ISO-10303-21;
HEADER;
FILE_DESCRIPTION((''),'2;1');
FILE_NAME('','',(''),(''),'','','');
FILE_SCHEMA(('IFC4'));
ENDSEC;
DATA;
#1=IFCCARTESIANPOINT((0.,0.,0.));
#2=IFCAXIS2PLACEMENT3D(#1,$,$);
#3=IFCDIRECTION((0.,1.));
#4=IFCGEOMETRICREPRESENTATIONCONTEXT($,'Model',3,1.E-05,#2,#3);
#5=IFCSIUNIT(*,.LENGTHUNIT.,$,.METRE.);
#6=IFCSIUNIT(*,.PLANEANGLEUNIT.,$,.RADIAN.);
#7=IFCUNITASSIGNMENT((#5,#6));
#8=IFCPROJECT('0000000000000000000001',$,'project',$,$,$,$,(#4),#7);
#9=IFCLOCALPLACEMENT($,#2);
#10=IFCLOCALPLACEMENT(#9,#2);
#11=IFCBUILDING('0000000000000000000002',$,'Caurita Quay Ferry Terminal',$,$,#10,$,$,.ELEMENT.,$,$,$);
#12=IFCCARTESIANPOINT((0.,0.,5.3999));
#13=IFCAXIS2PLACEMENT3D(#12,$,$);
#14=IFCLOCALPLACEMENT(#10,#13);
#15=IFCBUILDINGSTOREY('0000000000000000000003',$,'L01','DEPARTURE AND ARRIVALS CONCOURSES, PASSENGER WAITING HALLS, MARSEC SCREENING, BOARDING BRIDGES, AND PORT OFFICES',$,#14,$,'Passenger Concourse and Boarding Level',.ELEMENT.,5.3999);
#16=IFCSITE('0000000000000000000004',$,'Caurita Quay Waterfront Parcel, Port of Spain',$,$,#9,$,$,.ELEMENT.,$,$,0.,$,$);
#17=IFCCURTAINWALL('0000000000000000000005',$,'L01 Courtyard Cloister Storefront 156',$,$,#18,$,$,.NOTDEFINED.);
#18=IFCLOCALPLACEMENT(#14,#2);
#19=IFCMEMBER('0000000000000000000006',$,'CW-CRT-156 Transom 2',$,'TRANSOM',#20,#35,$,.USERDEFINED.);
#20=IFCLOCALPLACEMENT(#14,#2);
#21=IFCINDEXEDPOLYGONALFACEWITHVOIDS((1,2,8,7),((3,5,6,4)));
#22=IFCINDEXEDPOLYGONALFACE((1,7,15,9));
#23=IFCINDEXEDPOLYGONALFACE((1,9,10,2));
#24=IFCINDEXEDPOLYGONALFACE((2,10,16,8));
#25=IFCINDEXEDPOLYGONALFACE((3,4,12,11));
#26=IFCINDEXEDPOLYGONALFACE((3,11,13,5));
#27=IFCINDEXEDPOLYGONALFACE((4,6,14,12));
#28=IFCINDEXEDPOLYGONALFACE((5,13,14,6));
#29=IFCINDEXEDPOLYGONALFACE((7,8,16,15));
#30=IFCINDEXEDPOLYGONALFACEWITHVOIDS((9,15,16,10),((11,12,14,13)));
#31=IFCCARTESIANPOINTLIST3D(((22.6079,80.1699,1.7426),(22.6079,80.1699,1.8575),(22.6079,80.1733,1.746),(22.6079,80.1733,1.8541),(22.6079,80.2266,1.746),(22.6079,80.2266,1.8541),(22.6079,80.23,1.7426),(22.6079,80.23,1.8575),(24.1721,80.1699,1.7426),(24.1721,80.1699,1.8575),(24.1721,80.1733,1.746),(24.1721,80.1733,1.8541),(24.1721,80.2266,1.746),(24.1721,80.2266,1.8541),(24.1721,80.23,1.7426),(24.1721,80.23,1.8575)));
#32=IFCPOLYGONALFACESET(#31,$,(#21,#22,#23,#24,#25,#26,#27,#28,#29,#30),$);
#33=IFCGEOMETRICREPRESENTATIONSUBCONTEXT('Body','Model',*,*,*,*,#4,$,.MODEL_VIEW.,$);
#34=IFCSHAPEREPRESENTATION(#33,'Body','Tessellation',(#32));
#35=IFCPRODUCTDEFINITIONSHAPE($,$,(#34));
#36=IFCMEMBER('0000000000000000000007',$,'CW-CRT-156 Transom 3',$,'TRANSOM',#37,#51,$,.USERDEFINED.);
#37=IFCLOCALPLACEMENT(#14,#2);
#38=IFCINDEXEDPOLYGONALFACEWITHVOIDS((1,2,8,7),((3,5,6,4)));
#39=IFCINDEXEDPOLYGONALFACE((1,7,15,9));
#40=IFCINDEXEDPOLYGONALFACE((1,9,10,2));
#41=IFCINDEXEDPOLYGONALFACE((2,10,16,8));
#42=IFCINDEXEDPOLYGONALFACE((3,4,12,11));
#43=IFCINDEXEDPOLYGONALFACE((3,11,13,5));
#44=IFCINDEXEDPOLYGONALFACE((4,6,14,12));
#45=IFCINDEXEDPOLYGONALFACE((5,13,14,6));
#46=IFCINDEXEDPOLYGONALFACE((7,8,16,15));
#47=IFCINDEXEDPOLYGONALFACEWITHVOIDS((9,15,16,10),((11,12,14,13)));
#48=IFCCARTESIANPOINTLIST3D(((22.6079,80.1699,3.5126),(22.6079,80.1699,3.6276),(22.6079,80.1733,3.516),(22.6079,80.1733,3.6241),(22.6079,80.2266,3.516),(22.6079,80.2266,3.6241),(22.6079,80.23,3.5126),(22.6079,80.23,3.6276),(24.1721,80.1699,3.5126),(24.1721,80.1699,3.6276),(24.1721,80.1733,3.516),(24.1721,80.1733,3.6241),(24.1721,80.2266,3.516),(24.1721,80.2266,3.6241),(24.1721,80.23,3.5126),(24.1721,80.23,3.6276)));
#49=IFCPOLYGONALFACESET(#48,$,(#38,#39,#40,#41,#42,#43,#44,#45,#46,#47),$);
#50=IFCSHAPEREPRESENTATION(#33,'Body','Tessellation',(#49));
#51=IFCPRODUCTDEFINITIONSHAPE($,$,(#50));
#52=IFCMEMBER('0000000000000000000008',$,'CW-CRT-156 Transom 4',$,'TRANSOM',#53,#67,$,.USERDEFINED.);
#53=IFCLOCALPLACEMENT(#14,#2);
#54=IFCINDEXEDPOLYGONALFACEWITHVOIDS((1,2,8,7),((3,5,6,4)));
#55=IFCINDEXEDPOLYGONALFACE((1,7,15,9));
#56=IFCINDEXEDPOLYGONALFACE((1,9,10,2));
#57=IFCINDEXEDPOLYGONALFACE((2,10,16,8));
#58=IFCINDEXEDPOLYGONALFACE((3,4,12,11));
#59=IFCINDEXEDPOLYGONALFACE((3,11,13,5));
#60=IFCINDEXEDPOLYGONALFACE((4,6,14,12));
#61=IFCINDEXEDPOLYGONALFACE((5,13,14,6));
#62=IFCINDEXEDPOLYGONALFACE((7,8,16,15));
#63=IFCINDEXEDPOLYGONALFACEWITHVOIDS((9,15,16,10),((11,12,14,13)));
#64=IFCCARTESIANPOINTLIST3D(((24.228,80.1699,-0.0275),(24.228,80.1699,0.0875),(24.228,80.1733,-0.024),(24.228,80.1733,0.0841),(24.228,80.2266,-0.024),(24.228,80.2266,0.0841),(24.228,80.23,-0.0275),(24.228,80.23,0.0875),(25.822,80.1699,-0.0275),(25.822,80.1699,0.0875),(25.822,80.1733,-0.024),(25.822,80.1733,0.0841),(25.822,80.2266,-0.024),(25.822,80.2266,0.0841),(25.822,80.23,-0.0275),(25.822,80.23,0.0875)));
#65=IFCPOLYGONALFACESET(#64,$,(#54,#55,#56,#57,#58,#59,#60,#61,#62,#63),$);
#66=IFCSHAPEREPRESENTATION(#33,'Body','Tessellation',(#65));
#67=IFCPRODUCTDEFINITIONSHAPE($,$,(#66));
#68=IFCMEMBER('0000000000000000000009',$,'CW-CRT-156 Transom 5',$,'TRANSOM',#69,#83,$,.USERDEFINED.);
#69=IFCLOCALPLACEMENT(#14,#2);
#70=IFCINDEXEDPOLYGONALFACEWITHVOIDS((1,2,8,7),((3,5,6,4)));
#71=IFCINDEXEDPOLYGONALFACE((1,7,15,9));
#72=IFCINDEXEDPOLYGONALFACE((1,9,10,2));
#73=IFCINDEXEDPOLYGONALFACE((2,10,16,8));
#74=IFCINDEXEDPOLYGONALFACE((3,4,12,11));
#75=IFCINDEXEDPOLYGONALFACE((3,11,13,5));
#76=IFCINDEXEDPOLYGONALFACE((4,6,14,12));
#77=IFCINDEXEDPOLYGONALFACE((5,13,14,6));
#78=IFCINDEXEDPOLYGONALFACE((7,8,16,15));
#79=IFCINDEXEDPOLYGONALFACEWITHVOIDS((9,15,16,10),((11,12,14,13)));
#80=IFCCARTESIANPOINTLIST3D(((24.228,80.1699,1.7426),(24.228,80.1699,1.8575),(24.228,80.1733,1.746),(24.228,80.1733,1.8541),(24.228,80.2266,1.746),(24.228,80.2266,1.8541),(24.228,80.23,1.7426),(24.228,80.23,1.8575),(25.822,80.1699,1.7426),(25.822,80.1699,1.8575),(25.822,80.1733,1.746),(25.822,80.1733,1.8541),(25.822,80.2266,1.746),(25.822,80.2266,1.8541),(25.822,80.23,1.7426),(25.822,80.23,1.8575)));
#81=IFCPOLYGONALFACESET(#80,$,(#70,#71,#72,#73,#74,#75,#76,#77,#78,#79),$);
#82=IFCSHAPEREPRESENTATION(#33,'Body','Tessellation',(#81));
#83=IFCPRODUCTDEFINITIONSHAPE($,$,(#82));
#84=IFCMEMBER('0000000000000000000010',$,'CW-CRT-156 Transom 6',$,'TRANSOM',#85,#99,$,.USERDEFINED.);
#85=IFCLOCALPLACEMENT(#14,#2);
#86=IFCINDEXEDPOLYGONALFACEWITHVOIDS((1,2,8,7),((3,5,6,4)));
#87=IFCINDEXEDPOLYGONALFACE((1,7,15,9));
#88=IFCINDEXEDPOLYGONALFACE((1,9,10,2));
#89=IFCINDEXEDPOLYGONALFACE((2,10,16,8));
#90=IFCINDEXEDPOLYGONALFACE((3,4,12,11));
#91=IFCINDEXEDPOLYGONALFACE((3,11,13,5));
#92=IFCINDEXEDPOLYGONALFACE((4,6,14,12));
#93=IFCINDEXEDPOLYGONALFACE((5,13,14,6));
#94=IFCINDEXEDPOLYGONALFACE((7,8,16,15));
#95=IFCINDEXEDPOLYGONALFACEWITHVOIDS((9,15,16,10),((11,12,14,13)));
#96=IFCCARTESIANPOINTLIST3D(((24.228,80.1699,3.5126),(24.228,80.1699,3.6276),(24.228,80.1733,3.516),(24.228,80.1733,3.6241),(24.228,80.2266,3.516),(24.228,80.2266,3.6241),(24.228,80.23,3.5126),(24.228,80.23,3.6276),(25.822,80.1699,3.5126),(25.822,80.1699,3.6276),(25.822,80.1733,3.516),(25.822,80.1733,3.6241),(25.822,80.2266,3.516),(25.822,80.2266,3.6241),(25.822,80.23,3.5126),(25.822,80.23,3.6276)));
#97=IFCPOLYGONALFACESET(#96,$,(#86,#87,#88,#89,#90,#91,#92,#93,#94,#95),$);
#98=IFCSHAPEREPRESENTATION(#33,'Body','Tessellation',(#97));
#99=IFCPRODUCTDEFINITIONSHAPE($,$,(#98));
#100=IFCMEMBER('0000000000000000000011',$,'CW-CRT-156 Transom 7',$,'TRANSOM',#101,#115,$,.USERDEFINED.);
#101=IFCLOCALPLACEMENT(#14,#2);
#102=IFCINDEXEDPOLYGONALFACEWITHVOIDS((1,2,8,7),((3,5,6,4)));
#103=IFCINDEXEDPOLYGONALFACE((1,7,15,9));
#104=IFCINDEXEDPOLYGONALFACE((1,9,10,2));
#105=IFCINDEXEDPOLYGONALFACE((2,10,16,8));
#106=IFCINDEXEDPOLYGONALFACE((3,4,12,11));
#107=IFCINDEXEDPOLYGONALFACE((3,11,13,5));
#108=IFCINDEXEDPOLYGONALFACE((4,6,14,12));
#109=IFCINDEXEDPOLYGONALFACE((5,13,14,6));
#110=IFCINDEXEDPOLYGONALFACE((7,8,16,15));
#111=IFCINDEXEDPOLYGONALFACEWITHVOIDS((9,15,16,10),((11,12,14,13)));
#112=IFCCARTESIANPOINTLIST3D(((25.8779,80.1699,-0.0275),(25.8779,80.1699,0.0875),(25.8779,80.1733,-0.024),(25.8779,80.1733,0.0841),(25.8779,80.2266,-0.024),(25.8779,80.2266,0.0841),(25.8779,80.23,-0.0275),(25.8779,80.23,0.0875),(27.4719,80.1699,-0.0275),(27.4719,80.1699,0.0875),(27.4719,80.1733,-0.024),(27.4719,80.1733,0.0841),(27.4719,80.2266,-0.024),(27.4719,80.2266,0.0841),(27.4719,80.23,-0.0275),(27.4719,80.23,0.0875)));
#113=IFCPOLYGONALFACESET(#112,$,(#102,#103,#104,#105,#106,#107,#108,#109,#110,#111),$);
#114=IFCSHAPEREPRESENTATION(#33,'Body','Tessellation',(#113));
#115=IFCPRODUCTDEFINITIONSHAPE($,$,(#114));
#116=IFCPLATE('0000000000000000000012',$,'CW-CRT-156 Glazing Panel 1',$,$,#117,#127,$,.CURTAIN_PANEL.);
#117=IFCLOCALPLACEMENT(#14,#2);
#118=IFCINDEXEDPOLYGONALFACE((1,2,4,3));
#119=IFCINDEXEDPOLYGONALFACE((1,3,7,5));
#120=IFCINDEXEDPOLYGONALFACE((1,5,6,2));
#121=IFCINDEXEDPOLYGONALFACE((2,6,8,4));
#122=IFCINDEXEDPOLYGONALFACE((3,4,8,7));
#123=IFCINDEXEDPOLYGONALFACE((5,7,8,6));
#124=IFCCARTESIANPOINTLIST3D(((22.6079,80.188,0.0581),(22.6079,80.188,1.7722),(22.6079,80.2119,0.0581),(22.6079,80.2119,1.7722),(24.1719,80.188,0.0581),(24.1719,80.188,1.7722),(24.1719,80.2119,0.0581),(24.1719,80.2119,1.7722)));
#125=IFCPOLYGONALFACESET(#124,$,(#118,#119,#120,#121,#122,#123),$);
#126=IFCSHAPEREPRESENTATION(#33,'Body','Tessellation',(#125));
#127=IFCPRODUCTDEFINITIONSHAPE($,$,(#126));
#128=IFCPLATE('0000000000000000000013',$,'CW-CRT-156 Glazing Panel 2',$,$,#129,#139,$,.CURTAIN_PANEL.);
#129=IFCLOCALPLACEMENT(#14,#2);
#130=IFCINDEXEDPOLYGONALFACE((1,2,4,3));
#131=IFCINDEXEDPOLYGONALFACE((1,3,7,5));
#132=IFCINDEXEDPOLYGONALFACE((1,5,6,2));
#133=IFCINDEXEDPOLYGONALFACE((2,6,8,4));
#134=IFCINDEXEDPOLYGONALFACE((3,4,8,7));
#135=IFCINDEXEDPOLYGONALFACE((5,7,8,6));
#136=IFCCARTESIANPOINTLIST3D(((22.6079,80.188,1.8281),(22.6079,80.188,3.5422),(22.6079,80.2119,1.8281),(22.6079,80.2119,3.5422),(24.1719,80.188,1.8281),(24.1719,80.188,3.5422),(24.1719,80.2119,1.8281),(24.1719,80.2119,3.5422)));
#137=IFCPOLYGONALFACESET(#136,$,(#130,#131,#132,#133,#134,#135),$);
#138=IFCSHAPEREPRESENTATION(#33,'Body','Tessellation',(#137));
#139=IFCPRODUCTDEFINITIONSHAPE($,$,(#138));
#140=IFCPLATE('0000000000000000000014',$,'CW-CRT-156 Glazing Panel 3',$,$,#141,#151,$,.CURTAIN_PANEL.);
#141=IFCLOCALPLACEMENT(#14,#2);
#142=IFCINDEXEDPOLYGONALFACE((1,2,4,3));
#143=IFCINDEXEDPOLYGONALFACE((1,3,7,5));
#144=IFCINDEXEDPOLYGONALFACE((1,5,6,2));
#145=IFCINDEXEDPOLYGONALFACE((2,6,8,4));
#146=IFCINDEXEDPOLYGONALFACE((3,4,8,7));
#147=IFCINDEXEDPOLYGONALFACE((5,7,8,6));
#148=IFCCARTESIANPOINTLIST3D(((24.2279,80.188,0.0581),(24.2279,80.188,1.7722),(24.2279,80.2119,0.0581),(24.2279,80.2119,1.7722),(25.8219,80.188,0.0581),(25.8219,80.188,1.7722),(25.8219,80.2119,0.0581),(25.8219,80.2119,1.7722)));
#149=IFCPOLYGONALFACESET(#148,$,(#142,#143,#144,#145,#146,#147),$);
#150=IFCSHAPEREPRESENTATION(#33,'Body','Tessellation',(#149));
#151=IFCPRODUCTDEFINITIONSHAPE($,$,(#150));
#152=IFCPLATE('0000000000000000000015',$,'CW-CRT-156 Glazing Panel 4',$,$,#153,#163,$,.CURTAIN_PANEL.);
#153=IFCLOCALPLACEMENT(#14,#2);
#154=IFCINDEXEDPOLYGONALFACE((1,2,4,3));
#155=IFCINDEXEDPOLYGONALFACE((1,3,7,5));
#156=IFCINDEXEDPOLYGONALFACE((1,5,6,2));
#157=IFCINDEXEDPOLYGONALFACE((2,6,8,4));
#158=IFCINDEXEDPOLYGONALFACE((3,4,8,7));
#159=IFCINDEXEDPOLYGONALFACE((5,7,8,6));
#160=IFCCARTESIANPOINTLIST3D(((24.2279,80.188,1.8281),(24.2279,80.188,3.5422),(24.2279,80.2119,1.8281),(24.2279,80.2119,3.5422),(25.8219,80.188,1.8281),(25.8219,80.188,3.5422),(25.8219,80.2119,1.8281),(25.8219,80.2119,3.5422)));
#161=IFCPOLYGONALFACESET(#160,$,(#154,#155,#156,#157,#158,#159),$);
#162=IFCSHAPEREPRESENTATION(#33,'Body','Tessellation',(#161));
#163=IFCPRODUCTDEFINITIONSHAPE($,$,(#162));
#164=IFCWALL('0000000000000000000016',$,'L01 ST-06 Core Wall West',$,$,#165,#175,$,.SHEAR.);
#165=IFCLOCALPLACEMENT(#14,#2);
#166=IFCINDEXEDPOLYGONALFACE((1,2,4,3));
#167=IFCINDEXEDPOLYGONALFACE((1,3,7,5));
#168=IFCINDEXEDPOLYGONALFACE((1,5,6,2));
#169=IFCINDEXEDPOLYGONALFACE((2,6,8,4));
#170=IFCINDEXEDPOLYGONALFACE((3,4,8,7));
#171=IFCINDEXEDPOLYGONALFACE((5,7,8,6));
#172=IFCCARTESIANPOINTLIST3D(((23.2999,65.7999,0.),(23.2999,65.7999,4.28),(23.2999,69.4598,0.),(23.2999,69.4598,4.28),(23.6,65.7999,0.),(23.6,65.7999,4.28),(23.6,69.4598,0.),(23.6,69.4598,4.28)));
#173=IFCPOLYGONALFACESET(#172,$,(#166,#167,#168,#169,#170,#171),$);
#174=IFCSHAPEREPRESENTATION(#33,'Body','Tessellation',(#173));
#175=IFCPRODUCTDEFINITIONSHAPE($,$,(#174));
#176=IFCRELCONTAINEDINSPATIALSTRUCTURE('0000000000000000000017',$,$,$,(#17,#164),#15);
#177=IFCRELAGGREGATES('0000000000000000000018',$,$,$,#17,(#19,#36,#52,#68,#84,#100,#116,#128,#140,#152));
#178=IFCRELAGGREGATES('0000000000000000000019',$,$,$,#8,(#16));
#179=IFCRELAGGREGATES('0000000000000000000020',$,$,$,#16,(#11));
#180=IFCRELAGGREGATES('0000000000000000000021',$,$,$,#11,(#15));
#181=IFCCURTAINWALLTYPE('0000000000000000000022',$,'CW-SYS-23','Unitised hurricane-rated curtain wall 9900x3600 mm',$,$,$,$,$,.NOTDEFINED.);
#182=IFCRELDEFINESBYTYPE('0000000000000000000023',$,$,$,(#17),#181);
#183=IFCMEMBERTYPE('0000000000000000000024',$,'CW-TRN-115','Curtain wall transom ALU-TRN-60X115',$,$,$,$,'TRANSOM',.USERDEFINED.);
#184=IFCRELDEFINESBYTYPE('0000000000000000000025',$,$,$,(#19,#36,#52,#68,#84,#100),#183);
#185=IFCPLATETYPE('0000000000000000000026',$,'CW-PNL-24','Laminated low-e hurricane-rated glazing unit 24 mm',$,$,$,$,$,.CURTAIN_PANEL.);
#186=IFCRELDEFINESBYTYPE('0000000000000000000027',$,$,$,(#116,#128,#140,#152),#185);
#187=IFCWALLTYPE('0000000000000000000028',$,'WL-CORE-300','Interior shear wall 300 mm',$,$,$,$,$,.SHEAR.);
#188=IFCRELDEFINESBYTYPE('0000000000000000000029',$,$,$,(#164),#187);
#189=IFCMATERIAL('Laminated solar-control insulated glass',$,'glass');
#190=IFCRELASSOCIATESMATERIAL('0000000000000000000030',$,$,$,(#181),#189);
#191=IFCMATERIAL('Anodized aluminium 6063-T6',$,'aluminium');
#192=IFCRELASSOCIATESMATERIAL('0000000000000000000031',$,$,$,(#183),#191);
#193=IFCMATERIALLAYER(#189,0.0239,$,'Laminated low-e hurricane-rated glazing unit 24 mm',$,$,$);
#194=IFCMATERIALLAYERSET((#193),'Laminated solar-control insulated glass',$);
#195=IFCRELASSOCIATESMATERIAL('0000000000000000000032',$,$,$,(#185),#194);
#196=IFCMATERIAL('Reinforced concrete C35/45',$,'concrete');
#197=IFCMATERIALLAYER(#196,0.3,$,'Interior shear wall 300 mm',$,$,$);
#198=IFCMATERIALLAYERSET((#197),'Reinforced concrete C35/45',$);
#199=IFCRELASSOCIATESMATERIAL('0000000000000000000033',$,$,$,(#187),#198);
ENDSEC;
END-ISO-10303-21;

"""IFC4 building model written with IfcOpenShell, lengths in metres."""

from ifc_helpers import new_model, si_unit, direction, frame, frame_2d, origin, origin_2d, place, context, subcontext, project, spatial, rectangle, hollow_rectangle, extrude, material, layer, layer_set, material_profile, profile_set, type_object, element, aggregate, save


model = new_model("IFC4")

# Units and contexts
model_context = context("Model", 3, precision=1e-05, world=origin(), true_north=direction((0.0, 1.0)))
body_context = subcontext(model_context, "Body", "Model", "MODEL_VIEW")
ifc_project = project(units=[si_unit("LENGTHUNIT", "METRE"), si_unit("PLANEANGLEUNIT", "RADIAN")], contexts=[model_context])

# Site, building, storey
site_placement = place(None, origin())
site = spatial("IfcSite", under=ifc_project, at=site_placement, Name="Caurita Quay Waterfront Parcel, Port of Spain", CompositionType="ELEMENT", RefElevation=0.0)
building_placement = place(site_placement, origin())
building = spatial("IfcBuilding", under=site, at=building_placement, Name="Caurita Quay Ferry Terminal", CompositionType="ELEMENT")
storey_placement = place(building_placement, frame((0.0, 0.0, 5.3999)))
storey = spatial("IfcBuildingStorey", under=building, at=storey_placement, Name="L01", Description="DEPARTURE AND ARRIVALS CONCOURSES, PASSENGER WAITING HALLS, MARSEC SCREENING, BOARDING BRIDGES, AND PORT OFFICES", LongName="Passenger Concourse and Boarding Level", CompositionType="ELEMENT", Elevation=5.3999)

# Shared definitions
ifc_material_1 = material(Name="Reinforced concrete C35/45", Category="concrete")

# Curtain wall, members, plates
ifc_material_2 = material(Name="Laminated solar-control insulated glass", Category="glass")
curtain_wall_type = type_object("IfcCurtainWallType", Name="CW-SYS-23", Description="Unitised hurricane-rated curtain wall 9900x3600 mm", PredefinedType="NOTDEFINED", material=ifc_material_2)
curtain_wall_placement = place(storey_placement, origin())
curtain_wall = element("IfcCurtainWall", 1, at=curtain_wall_placement, inside=storey, type_object=curtain_wall_type, Name="L01 Courtyard Cloister Storefront 156", PredefinedType="NOTDEFINED")
ifc_material_3 = material(Name="Anodized aluminium 6063-T6", Category="aluminium")
ifc_material_profile_1 = material_profile(ifc_material_3, hollow_rectangle(XDim=0.0601, YDim=0.115, WallThickness=0.0034, at=origin_2d()), Name="ALU-TRN-60X115")
ifc_profile_set_1 = profile_set([ifc_material_profile_1], Name="Anodized aluminium 6063-T6")
member_type_1 = type_object("IfcMemberType", Name="CW-TRN-115", Description="Curtain wall transom ALU-TRN-60X115", ElementType="TRANSOM", PredefinedType="USERDEFINED", material=ifc_profile_set_1)
member_1_placement = place(storey_placement, frame((22.6079, 80.2, 1.8), z_axis=(1.0, 0.0, 0.0), x_axis=(0.0, 1.0, 0.0)))
member_1 = element("IfcMember", 2, at=member_1_placement, type_object=member_type_1, Name="CW-CRT-156 Transom 2", ObjectType="TRANSOM", PredefinedType="USERDEFINED", context=body_context, shape_type="SweptSolid", body=[
    extrude(hollow_rectangle(XDim=0.0601, YDim=0.115, WallThickness=0.0034, at=origin_2d()), origin(), (0.0, 0.0, 1.0), 1.5642),
])
member_2_placement = place(storey_placement, frame((22.6079, 80.2, 3.5701), z_axis=(1.0, 0.0, 0.0), x_axis=(0.0, 1.0, 0.0)))
member_2 = element("IfcMember", 3, at=member_2_placement, type_object=member_type_1, Name="CW-CRT-156 Transom 3", ObjectType="TRANSOM", PredefinedType="USERDEFINED", context=body_context, shape_type="SweptSolid", body=[
    extrude(hollow_rectangle(XDim=0.0601, YDim=0.115, WallThickness=0.0034, at=origin_2d()), origin(), (0.0, 0.0, 1.0), 1.5642),
])
member_3_placement = place(storey_placement, frame((24.228, 80.2, 0.03), z_axis=(1.0, 0.0, 0.0), x_axis=(0.0, 1.0, 0.0)))
member_3 = element("IfcMember", 4, at=member_3_placement, type_object=member_type_1, Name="CW-CRT-156 Transom 4", ObjectType="TRANSOM", PredefinedType="USERDEFINED", context=body_context, shape_type="SweptSolid", body=[
    extrude(hollow_rectangle(XDim=0.0601, YDim=0.115, WallThickness=0.0034, at=origin_2d()), origin(), (0.0, 0.0, 1.0), 1.594),
])
member_4_placement = place(storey_placement, frame((24.228, 80.2, 1.8), z_axis=(1.0, 0.0, 0.0), x_axis=(0.0, 1.0, 0.0)))
member_4 = element("IfcMember", 5, at=member_4_placement, type_object=member_type_1, Name="CW-CRT-156 Transom 5", ObjectType="TRANSOM", PredefinedType="USERDEFINED", context=body_context, shape_type="SweptSolid", body=[
    extrude(hollow_rectangle(XDim=0.0601, YDim=0.115, WallThickness=0.0034, at=origin_2d()), origin(), (0.0, 0.0, 1.0), 1.594),
])
member_5_placement = place(storey_placement, frame((24.228, 80.2, 3.5701), z_axis=(1.0, 0.0, 0.0), x_axis=(0.0, 1.0, 0.0)))
member_5 = element("IfcMember", 6, at=member_5_placement, type_object=member_type_1, Name="CW-CRT-156 Transom 6", ObjectType="TRANSOM", PredefinedType="USERDEFINED", context=body_context, shape_type="SweptSolid", body=[
    extrude(hollow_rectangle(XDim=0.0601, YDim=0.115, WallThickness=0.0034, at=origin_2d()), origin(), (0.0, 0.0, 1.0), 1.594),
])
member_6_placement = place(storey_placement, frame((25.8779, 80.2, 0.03), z_axis=(1.0, 0.0, 0.0), x_axis=(0.0, 1.0, 0.0)))
member_6 = element("IfcMember", 7, at=member_6_placement, type_object=member_type_1, Name="CW-CRT-156 Transom 7", ObjectType="TRANSOM", PredefinedType="USERDEFINED", context=body_context, shape_type="SweptSolid", body=[
    extrude(hollow_rectangle(XDim=0.0601, YDim=0.115, WallThickness=0.0034, at=origin_2d()), origin(), (0.0, 0.0, 1.0), 1.594),
])
ifc_layer_1 = layer(ifc_material_2, 0.0239, Name="Laminated low-e hurricane-rated glazing unit 24 mm")
ifc_layer_set_1 = layer_set([ifc_layer_1], Name="Laminated solar-control insulated glass")
plate_type = type_object("IfcPlateType", Name="CW-PNL-24", Description="Laminated low-e hurricane-rated glazing unit 24 mm", PredefinedType="CURTAIN_PANEL", material=ifc_layer_set_1)
plate_1_placement = place(storey_placement, frame((23.3899, 80.2, 0.0581), z_axis=(0.0, 0.0, 1.0), x_axis=(1.0, 0.0, 0.0)))
plate_1 = element("IfcPlate", 8, at=plate_1_placement, type_object=plate_type, Name="CW-CRT-156 Glazing Panel 1", PredefinedType="CURTAIN_PANEL", context=body_context, shape_type="SweptSolid", body=[
    extrude(rectangle(XDim=1.564, YDim=0.0239, at=origin_2d()), origin(), (0.0, 0.0, 1.0), 1.7141),
])
plate_2_placement = place(storey_placement, frame((23.3899, 80.2, 1.8281), z_axis=(0.0, 0.0, 1.0), x_axis=(1.0, 0.0, 0.0)))
plate_2 = element("IfcPlate", 9, at=plate_2_placement, type_object=plate_type, Name="CW-CRT-156 Glazing Panel 2", PredefinedType="CURTAIN_PANEL", context=body_context, shape_type="SweptSolid", body=[
    extrude(rectangle(XDim=1.564, YDim=0.0239, at=origin_2d()), origin(), (0.0, 0.0, 1.0), 1.7141),
])
plate_3_placement = place(storey_placement, frame((25.0249, 80.2, 0.0581), z_axis=(0.0, 0.0, 1.0), x_axis=(1.0, 0.0, 0.0)))
plate_3 = element("IfcPlate", 10, at=plate_3_placement, type_object=plate_type, Name="CW-CRT-156 Glazing Panel 3", PredefinedType="CURTAIN_PANEL", context=body_context, shape_type="SweptSolid", body=[
    extrude(rectangle(XDim=1.594, YDim=0.0239, at=origin_2d()), origin(), (0.0, 0.0, 1.0), 1.7141),
])
plate_4_placement = place(storey_placement, frame((25.0249, 80.2, 1.8281), z_axis=(0.0, 0.0, 1.0), x_axis=(1.0, 0.0, 0.0)))
plate_4 = element("IfcPlate", 11, at=plate_4_placement, type_object=plate_type, Name="CW-CRT-156 Glazing Panel 4", PredefinedType="CURTAIN_PANEL", context=body_context, shape_type="SweptSolid", body=[
    extrude(rectangle(XDim=1.594, YDim=0.0239, at=origin_2d()), origin(), (0.0, 0.0, 1.0), 1.7141),
])
aggregate(curtain_wall, [member_1, member_2, member_3, member_4, member_5, member_6, plate_1, plate_2, plate_3, plate_4])

# Wall
ifc_layer_2 = layer(ifc_material_1, 0.3, Name="Interior shear wall 300 mm")
ifc_layer_set_2 = layer_set([ifc_layer_2], Name="Reinforced concrete C35/45")
wall_type_1 = type_object("IfcWallType", Name="WL-CORE-300", Description="Interior shear wall 300 mm", PredefinedType="SHEAR", material=ifc_layer_set_2)
wall_1_placement = place(storey_placement, frame((23.45, 69.46, 0.0), z_axis=(0.0, 0.0, 1.0), x_axis=(0.0, -1.0, 0.0)))
element("IfcWall", 12, at=wall_1_placement, inside=storey, type_object=wall_type_1, Name="L01 ST-06 Core Wall West", PredefinedType="SHEAR", context=body_context, shape_type="SweptSolid", body=[
    extrude(rectangle(XDim=3.6599, YDim=0.3, at=frame_2d((1.8301, 0.0))), origin(), (0.0, 0.0, 1.0), 4.28),
])

save(model, "model.ifc")
